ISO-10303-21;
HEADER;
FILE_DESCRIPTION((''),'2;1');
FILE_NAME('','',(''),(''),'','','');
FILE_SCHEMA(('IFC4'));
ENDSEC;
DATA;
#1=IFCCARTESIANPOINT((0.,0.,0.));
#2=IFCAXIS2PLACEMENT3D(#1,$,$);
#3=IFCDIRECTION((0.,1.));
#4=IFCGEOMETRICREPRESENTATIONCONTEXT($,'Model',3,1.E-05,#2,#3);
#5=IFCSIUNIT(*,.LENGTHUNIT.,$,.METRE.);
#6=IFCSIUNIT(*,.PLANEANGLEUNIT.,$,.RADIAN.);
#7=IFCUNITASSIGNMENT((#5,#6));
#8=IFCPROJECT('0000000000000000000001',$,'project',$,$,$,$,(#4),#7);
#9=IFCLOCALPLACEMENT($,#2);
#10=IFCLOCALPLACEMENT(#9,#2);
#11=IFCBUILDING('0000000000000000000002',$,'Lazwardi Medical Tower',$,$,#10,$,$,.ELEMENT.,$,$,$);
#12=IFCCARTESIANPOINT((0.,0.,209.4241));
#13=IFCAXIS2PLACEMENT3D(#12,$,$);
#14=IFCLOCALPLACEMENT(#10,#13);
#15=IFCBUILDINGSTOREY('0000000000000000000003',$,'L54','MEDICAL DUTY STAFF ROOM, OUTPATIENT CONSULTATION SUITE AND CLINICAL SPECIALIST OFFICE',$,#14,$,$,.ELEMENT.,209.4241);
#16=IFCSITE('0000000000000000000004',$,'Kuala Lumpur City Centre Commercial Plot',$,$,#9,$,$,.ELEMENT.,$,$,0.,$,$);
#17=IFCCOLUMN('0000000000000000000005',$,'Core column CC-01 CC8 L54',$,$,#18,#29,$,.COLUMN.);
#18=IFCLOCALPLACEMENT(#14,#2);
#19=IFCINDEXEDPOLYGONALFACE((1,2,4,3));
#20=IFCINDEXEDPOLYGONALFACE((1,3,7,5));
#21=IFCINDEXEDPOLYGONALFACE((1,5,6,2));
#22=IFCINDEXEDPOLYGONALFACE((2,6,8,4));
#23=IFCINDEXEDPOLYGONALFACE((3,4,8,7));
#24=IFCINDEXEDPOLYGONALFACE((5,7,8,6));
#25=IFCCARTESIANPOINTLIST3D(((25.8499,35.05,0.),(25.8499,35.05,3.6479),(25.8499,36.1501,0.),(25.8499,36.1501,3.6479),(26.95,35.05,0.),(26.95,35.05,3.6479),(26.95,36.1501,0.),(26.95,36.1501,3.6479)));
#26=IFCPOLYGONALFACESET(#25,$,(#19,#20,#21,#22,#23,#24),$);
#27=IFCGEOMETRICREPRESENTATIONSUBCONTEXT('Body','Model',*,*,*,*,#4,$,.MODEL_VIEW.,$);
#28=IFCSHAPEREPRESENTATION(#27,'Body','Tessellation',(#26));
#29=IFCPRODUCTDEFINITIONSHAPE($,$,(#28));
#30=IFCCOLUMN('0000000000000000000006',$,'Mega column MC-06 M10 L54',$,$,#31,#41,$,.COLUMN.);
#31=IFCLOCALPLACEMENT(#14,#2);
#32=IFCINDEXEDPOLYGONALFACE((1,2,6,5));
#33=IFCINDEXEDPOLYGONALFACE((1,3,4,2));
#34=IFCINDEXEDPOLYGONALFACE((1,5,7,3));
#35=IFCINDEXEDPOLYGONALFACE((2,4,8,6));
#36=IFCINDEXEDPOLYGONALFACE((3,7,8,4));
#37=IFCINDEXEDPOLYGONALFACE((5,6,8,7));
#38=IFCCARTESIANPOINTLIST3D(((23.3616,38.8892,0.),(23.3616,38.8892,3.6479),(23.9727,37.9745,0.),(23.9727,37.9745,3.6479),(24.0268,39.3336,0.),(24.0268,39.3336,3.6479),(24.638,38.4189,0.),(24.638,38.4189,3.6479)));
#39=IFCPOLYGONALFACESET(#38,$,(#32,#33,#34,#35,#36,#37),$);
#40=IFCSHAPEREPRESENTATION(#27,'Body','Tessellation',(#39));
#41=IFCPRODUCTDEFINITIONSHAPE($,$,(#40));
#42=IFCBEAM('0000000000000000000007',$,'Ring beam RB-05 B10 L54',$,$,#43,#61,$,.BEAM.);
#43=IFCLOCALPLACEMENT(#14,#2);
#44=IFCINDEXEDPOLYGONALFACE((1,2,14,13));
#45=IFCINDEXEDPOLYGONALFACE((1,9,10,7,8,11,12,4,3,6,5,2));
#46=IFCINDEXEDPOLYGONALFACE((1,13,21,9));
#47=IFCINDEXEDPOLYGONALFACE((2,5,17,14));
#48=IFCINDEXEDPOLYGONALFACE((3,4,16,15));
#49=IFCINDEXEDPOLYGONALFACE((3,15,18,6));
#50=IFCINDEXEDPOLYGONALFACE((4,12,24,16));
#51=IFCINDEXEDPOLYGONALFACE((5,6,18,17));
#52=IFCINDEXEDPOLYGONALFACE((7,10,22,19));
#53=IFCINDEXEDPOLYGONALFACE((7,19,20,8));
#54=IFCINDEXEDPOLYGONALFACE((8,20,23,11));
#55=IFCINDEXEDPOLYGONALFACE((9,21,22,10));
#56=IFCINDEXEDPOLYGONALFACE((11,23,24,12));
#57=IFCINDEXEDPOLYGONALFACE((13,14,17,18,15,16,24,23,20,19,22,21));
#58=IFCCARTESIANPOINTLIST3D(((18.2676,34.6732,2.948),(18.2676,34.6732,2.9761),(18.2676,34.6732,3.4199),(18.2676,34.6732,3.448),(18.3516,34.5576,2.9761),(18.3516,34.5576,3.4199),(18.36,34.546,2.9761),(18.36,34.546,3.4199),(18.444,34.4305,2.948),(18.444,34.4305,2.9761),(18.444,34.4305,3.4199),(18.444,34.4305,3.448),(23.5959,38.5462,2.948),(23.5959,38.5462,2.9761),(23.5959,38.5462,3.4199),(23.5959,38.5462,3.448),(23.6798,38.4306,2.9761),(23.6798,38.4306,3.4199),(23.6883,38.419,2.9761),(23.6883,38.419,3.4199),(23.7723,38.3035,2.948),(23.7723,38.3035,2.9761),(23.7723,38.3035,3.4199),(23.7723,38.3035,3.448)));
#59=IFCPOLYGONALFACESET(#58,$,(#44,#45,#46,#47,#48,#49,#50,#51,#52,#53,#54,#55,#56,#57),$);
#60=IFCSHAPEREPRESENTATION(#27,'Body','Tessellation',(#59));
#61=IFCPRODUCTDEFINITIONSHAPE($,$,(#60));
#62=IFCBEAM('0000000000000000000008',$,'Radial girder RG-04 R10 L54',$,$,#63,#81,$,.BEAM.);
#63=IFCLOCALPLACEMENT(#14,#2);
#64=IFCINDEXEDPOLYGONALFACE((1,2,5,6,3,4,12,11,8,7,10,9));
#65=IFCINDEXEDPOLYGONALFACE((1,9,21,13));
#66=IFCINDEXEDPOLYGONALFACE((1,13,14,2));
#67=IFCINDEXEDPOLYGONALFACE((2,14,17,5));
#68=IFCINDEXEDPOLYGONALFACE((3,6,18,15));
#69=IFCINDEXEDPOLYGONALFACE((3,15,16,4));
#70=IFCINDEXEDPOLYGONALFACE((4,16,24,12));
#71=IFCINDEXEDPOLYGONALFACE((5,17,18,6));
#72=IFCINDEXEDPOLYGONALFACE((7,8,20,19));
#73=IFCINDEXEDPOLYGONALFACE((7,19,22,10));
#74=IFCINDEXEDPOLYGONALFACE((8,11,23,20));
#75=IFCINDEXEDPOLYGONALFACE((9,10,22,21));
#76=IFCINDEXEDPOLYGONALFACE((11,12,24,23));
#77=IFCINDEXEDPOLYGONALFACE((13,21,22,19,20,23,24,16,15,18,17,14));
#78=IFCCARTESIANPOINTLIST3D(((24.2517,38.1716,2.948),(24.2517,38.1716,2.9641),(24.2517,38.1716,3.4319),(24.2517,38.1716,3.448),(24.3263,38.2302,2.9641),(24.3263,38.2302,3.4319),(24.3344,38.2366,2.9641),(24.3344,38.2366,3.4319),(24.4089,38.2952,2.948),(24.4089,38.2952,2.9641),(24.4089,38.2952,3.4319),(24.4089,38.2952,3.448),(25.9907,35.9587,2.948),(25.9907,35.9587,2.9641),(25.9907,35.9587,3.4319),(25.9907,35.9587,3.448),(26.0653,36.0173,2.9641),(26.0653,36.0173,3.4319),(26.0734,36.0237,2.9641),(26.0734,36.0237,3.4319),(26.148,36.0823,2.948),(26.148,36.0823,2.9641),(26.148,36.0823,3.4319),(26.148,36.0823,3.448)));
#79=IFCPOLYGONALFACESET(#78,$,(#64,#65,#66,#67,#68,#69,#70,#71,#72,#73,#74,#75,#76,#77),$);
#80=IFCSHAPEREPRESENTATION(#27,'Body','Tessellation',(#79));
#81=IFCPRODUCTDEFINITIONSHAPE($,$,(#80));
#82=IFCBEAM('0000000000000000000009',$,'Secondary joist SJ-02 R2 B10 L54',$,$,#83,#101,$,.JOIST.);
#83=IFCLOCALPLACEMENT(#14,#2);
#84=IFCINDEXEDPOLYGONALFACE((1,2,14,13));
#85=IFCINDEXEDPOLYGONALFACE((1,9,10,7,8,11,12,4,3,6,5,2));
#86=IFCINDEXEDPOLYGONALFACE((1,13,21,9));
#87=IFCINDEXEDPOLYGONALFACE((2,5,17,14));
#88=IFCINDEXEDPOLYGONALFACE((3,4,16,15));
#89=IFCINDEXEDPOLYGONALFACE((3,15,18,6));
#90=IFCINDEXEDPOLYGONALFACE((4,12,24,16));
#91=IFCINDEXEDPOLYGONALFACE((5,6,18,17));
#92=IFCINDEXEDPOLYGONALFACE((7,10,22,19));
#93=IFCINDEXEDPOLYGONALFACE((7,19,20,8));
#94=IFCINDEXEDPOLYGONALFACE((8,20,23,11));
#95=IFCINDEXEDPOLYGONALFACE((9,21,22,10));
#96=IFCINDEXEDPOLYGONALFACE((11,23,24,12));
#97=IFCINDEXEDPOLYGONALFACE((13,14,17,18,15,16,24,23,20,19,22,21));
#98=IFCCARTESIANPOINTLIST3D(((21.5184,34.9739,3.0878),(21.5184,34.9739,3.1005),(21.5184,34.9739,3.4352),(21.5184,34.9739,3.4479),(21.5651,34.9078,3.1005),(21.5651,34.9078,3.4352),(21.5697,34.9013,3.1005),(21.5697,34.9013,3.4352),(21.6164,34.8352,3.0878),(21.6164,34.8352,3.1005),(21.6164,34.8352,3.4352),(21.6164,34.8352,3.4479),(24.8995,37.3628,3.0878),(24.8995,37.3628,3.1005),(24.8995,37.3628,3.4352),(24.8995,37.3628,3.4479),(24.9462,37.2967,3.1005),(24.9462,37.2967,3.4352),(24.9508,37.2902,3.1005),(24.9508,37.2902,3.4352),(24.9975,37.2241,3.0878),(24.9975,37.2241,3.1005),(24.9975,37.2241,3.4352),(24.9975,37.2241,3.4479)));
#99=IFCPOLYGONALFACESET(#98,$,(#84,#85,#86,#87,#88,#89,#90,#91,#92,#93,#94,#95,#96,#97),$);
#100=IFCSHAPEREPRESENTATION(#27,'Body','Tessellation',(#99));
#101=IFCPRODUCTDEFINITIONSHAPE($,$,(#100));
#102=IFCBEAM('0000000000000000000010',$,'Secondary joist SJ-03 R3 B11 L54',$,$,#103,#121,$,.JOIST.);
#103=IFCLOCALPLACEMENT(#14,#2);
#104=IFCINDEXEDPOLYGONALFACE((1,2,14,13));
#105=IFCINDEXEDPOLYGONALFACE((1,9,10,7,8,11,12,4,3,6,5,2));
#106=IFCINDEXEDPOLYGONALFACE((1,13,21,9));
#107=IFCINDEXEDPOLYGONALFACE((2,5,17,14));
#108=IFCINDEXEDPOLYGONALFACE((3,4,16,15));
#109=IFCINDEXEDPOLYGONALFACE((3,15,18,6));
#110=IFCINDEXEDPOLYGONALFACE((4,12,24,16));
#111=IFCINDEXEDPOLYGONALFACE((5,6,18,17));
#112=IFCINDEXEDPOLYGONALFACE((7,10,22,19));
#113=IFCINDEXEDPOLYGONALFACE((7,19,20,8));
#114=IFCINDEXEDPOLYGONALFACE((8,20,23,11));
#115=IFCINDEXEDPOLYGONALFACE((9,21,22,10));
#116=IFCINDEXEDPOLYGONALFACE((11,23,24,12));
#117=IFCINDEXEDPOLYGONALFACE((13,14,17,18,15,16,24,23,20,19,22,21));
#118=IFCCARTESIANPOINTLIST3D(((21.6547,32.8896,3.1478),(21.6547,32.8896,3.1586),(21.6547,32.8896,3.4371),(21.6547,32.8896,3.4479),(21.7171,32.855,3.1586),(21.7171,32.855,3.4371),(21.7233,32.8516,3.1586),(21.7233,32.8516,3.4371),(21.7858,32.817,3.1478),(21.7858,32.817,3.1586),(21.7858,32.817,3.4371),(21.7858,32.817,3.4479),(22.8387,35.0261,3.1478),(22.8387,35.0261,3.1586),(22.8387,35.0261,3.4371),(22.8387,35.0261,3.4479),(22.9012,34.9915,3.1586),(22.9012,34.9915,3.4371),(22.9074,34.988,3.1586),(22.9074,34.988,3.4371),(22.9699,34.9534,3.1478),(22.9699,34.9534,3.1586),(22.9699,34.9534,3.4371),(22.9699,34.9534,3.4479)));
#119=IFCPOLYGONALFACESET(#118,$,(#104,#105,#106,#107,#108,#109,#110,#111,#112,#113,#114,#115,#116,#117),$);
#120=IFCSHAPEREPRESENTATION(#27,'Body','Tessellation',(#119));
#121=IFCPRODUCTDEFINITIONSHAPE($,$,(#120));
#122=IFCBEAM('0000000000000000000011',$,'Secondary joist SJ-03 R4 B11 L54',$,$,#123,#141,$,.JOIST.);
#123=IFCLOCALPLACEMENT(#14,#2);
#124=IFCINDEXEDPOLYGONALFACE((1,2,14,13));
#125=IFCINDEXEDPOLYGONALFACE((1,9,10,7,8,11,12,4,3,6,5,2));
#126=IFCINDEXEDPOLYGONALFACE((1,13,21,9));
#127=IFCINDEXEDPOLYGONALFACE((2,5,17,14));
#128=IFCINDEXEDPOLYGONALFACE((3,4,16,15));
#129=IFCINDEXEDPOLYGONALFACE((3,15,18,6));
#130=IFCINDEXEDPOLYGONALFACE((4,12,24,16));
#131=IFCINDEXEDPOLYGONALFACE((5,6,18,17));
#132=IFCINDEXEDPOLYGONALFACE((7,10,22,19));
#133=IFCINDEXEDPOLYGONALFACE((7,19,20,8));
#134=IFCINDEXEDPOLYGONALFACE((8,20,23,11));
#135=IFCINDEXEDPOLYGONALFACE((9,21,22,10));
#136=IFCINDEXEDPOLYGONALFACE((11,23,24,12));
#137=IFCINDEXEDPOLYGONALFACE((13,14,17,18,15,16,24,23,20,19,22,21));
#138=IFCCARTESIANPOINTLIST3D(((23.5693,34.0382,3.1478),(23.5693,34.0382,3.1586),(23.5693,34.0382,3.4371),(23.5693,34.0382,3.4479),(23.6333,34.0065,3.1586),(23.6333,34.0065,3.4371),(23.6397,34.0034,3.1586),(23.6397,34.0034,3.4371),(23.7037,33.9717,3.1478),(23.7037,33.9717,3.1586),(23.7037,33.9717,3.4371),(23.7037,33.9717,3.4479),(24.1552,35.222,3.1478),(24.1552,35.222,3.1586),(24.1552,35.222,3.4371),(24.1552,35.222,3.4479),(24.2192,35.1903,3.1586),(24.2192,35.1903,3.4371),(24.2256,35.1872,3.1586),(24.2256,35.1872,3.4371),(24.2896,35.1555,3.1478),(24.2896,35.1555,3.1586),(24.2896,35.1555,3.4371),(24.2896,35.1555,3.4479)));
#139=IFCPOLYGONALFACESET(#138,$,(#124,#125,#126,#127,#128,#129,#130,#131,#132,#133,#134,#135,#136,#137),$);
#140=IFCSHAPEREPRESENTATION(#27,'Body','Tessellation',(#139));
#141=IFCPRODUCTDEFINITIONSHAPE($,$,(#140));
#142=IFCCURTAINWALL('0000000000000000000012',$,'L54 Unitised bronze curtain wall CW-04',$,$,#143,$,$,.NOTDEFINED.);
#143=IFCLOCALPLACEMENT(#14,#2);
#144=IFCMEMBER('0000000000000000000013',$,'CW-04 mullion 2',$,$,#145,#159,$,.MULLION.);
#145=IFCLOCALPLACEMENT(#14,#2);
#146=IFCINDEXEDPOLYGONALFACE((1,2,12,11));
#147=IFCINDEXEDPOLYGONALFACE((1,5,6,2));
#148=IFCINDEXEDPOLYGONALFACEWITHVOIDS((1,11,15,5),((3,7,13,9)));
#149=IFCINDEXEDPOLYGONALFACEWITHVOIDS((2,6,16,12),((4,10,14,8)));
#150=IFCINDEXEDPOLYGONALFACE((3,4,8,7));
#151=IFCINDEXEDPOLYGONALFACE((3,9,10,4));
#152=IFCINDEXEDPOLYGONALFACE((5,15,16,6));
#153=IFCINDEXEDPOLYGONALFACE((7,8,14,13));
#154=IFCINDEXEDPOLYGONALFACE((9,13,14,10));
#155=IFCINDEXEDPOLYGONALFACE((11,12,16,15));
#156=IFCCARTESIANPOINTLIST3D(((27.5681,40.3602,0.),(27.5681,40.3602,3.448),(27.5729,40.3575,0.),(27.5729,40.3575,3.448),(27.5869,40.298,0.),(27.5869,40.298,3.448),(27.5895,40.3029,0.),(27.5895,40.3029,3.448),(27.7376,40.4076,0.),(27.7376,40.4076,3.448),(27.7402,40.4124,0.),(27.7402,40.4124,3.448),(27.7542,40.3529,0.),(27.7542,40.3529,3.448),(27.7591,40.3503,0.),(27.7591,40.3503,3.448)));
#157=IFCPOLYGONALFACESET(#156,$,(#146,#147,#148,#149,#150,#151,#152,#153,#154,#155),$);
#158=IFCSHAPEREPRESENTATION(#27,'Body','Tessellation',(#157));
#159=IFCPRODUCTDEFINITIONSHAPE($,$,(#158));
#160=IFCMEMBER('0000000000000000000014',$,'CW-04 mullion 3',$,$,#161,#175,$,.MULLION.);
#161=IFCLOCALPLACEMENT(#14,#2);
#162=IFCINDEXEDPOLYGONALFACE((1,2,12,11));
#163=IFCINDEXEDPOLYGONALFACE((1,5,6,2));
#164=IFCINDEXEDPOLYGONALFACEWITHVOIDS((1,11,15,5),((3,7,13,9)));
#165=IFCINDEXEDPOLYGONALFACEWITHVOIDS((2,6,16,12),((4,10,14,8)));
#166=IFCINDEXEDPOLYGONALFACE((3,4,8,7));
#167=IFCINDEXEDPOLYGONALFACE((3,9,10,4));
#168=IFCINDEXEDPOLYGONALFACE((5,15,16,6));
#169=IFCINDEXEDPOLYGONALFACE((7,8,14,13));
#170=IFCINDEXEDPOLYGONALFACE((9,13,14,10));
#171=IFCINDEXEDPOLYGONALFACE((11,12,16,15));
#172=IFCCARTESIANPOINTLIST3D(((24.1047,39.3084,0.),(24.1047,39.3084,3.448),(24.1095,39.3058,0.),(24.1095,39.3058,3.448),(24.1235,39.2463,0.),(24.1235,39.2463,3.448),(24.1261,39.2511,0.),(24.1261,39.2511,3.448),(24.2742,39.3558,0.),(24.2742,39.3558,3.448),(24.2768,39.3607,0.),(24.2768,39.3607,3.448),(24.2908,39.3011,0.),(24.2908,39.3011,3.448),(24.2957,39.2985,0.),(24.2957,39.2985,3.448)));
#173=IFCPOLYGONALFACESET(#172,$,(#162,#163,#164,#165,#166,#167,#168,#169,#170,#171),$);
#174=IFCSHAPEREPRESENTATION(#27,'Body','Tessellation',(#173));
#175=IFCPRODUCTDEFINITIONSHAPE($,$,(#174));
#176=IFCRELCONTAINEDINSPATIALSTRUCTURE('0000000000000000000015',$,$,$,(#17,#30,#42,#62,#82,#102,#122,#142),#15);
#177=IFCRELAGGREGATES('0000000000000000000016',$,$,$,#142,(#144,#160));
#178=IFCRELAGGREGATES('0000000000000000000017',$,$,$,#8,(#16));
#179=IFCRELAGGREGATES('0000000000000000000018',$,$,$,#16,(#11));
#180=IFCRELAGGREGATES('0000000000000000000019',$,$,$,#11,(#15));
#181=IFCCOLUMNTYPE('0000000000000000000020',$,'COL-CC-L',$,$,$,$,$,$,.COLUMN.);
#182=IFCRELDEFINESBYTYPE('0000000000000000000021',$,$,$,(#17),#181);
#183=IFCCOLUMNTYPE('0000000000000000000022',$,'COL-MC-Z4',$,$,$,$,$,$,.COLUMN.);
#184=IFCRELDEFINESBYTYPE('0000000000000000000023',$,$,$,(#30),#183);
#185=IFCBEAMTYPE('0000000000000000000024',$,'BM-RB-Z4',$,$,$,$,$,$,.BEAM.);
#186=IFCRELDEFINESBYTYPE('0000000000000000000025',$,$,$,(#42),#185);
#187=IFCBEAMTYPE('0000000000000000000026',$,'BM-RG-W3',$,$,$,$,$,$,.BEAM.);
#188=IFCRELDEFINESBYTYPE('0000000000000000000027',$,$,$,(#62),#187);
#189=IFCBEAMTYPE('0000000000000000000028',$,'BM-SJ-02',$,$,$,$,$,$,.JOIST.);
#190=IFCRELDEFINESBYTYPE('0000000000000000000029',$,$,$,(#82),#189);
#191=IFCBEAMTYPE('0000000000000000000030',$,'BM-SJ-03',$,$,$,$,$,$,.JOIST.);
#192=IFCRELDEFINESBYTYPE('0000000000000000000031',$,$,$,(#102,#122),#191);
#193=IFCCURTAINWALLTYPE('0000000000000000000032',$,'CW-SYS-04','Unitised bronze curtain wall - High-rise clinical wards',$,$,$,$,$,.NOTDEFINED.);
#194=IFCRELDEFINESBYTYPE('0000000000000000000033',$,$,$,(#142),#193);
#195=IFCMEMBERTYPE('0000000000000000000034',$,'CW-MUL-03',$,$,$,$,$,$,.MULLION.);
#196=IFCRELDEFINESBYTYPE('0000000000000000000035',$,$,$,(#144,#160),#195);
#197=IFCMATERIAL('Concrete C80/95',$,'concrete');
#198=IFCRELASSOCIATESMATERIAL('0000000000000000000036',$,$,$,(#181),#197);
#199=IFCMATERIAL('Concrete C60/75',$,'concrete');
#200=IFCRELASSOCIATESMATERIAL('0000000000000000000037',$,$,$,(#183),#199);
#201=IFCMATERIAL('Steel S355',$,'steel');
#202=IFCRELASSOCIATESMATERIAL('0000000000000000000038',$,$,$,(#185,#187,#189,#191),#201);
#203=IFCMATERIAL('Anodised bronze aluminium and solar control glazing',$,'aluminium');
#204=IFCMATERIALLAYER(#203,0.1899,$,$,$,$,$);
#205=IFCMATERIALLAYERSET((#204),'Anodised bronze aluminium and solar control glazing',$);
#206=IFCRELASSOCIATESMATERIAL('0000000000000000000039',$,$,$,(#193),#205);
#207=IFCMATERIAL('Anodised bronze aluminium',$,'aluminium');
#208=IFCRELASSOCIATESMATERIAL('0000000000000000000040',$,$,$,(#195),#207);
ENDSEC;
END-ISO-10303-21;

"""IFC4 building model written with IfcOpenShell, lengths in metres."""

from ifc_helpers import new_model, si_unit, direction, frame, origin, origin_2d, place, context, subcontext, project, spatial, rectangle, hollow_rectangle, i_section, extrude, material, layer, layer_set, material_profile, profile_set, type_object, element, aggregate, save


model = new_model("IFC4")

# Units and contexts
model_context = context("Model", 3, precision=1e-05, world=origin(), true_north=direction((0.0, 1.0)))
body_context = subcontext(model_context, "Body", "Model", "MODEL_VIEW")
ifc_project = project(units=[si_unit("LENGTHUNIT", "METRE"), si_unit("PLANEANGLEUNIT", "RADIAN")], contexts=[model_context])

# Site, building, storey
site_placement = place(None, origin())
site = spatial("IfcSite", under=ifc_project, at=site_placement, Name="Kuala Lumpur City Centre Commercial Plot", CompositionType="ELEMENT", RefElevation=0.0)
building_placement = place(site_placement, origin())
building = spatial("IfcBuilding", under=site, at=building_placement, Name="Lazwardi Medical Tower", CompositionType="ELEMENT")
storey_placement = place(building_placement, frame((0.0, 0.0, 209.4241)))
storey = spatial("IfcBuildingStorey", under=building, at=storey_placement, Name="L54", Description="MEDICAL DUTY STAFF ROOM, OUTPATIENT CONSULTATION SUITE AND CLINICAL SPECIALIST OFFICE", CompositionType="ELEMENT", Elevation=209.4241)

# Columns
ifc_material_1 = material(Name="Concrete C80/95", Category="concrete")
ifc_material_profile_1 = material_profile(ifc_material_1, rectangle(XDim=1.1001, YDim=1.1001, at=origin_2d()), Name="RC 1100x1100")
ifc_profile_set_1 = profile_set([ifc_material_profile_1], Name="Concrete C80/95")
column_type_1 = type_object("IfcColumnType", Name="COL-CC-L", PredefinedType="COLUMN", material=ifc_profile_set_1)
column_1_placement = place(storey_placement, frame((26.3999, 35.6001, 0.0), z_axis=(0.0, 0.0, 1.0), x_axis=(1.0, 0.0, 0.0)))
element("IfcColumn", 1, at=column_1_placement, inside=storey, type_object=column_type_1, Name="Core column CC-01 CC8 L54", PredefinedType="COLUMN", context=body_context, shape_type="SweptSolid", body=[
    extrude(rectangle(XDim=1.1001, YDim=1.1001, at=origin_2d()), origin(), (0.0, 0.0, 1.0), 3.6479),
])
ifc_material_2 = material(Name="Concrete C60/75", Category="concrete")
ifc_material_profile_2 = material_profile(ifc_material_2, rectangle(XDim=1.1001, YDim=0.8, at=origin_2d()), Name="CFT-RECT 1100x800")
ifc_profile_set_2 = profile_set([ifc_material_profile_2], Name="Concrete C60/75")
column_type_2 = type_object("IfcColumnType", Name="COL-MC-Z4", PredefinedType="COLUMN", material=ifc_profile_set_2)
column_2_placement = place(storey_placement, frame((23.9998, 38.6541, 0.0), z_axis=(0.0, 0.0, 1.0), x_axis=(-0.55557, 0.83147, 0.0)))
element("IfcColumn", 2, at=column_2_placement, inside=storey, type_object=column_type_2, Name="Mega column MC-06 M10 L54", PredefinedType="COLUMN", context=body_context, shape_type="SweptSolid", body=[
    extrude(rectangle(XDim=1.1001, YDim=0.8, at=origin_2d()), origin(), (0.0, 0.0, 1.0), 3.6479),
])

# Beams
ifc_material_3 = material(Name="Steel S355", Category="steel")
ifc_material_profile_3 = material_profile(ifc_material_3, i_section(OverallWidth=0.3, OverallDepth=0.5, WebThickness=0.0144, FlangeThickness=0.0281, at=origin_2d()), Name="HEB 500")
ifc_profile_set_3 = profile_set([ifc_material_profile_3], Name="Steel S355")
beam_type_1 = type_object("IfcBeamType", Name="BM-RB-Z4", PredefinedType="BEAM", material=ifc_profile_set_3)
beam_1_placement = place(storey_placement, frame((23.6841, 38.4248, 3.198), z_axis=(-0.80889, -0.58796, 0.0), x_axis=(0.58796, -0.80889, 0.0)))
element("IfcBeam", 3, at=beam_1_placement, inside=storey, type_object=beam_type_1, Name="Ring beam RB-05 B10 L54", PredefinedType="BEAM", context=body_context, shape_type="SweptSolid", body=[
    extrude(i_section(OverallWidth=0.3, OverallDepth=0.5, WebThickness=0.0144, FlangeThickness=0.0281, at=origin_2d()), origin(), (0.0, 0.0, 1.0), 6.5872),
])
ifc_material_profile_4 = material_profile(ifc_material_3, i_section(OverallWidth=0.2, OverallDepth=0.5, WebThickness=0.0103, FlangeThickness=0.0161, at=origin_2d()), Name="IPE 500")
ifc_profile_set_4 = profile_set([ifc_material_profile_4], Name="Steel S355")
beam_type_2 = type_object("IfcBeamType", Name="BM-RG-W3", PredefinedType="BEAM", material=ifc_profile_set_4)
beam_2_placement = place(storey_placement, frame((24.3303, 38.2334, 3.198), z_axis=(0.617891, -0.786264, 0.0), x_axis=(0.786264, 0.617891, 0.0)))
element("IfcBeam", 4, at=beam_2_placement, inside=storey, type_object=beam_type_2, Name="Radial girder RG-04 R10 L54", PredefinedType="BEAM", context=body_context, shape_type="SweptSolid", body=[
    extrude(i_section(OverallWidth=0.2, OverallDepth=0.5, WebThickness=0.0103, FlangeThickness=0.0161, at=origin_2d()), origin(), (0.0, 0.0, 1.0), 2.8145),
])
ifc_material_profile_5 = material_profile(ifc_material_3, i_section(OverallWidth=0.1699, OverallDepth=0.3601, WebThickness=0.0081, FlangeThickness=0.0127, at=origin_2d()), Name="IPE 360")
ifc_profile_set_5 = profile_set([ifc_material_profile_5], Name="Steel S355")
beam_type_3 = type_object("IfcBeamType", Name="BM-SJ-02", PredefinedType="JOIST", material=ifc_profile_set_5)
beam_3_placement = place(storey_placement, frame((24.9485, 37.2935, 3.2678), z_axis=(-0.816711, -0.577047, 0.0), x_axis=(0.577047, -0.816711, 0.0)))
element("IfcBeam", 5, at=beam_3_placement, inside=storey, type_object=beam_type_3, Name="Secondary joist SJ-02 R2 B10 L54", PredefinedType="JOIST", context=body_context, shape_type="SweptSolid", body=[
    extrude(i_section(OverallWidth=0.1699, OverallDepth=0.3601, WebThickness=0.0081, FlangeThickness=0.0127, at=origin_2d()), origin(), (0.0, 0.0, 1.0), 4.1399),
])
ifc_material_profile_6 = material_profile(ifc_material_3, i_section(OverallWidth=0.1499, OverallDepth=0.3, WebThickness=0.0071, FlangeThickness=0.0107, at=origin_2d()), Name="IPE 300")
ifc_profile_set_6 = profile_set([ifc_material_profile_6], Name="Steel S355")
beam_type_4 = type_object("IfcBeamType", Name="BM-SJ-03", PredefinedType="JOIST", material=ifc_profile_set_6)
beam_4_placement = place(storey_placement, frame((22.9043, 34.9897, 3.2979), z_axis=(-0.484752, -0.874652, 0.0), x_axis=(0.874652, -0.484752, 0.0)))
element("IfcBeam", 6, at=beam_4_placement, inside=storey, type_object=beam_type_4, Name="Secondary joist SJ-03 R3 B11 L54", PredefinedType="JOIST", context=body_context, shape_type="SweptSolid", body=[
    extrude(i_section(OverallWidth=0.1499, OverallDepth=0.3, WebThickness=0.0071, FlangeThickness=0.0107, at=origin_2d()), origin(), (0.0, 0.0, 1.0), 2.4426),
])
beam_5_placement = place(storey_placement, frame((24.2224, 35.1887, 3.2979), z_axis=(-0.443587, -0.896231, 0.0), x_axis=(0.896231, -0.443587, 0.0)))
element("IfcBeam", 7, at=beam_5_placement, inside=storey, type_object=beam_type_4, Name="Secondary joist SJ-03 R4 B11 L54", PredefinedType="JOIST", context=body_context, shape_type="SweptSolid", body=[
    extrude(i_section(OverallWidth=0.1499, OverallDepth=0.3, WebThickness=0.0071, FlangeThickness=0.0107, at=origin_2d()), origin(), (0.0, 0.0, 1.0), 1.3208),
])

# Curtain wall, members
ifc_material_4 = material(Name="Anodised bronze aluminium and solar control glazing", Category="aluminium")
ifc_layer_1 = layer(ifc_material_4, 0.1899)
ifc_layer_set_1 = layer_set([ifc_layer_1], Name="Anodised bronze aluminium and solar control glazing")
curtain_wall_type = type_object("IfcCurtainWallType", Name="CW-SYS-04", Description="Unitised bronze curtain wall - High-rise clinical wards", PredefinedType="NOTDEFINED", material=ifc_layer_set_1)
curtain_wall_1_placement = place(storey_placement, origin())
curtain_wall_1 = element("IfcCurtainWall", 8, at=curtain_wall_1_placement, inside=storey, type_object=curtain_wall_type, Name="L54 Unitised bronze curtain wall CW-04", PredefinedType="NOTDEFINED")
ifc_material_5 = material(Name="Anodised bronze aluminium", Category="aluminium")
ifc_material_profile_7 = material_profile(ifc_material_5, hollow_rectangle(XDim=0.0649, YDim=0.1799, WallThickness=0.0039, at=origin_2d()), Name="ALU-MULLION 180x65x4")
ifc_profile_set_7 = profile_set([ifc_material_profile_7], Name="Anodised bronze aluminium")
member_type_1 = type_object("IfcMemberType", Name="CW-MUL-03", PredefinedType="MULLION", material=ifc_profile_set_7)
member_1_placement = place(storey_placement, frame((27.6636, 40.3552, 0.0), z_axis=(0.0, 0.0, 1.0), x_axis=(0.290582, -0.95685, 0.0)))
member_1 = element("IfcMember", 9, at=member_1_placement, type_object=member_type_1, Name="CW-04 mullion 2", PredefinedType="MULLION", context=body_context, shape_type="SweptSolid", body=[
    extrude(hollow_rectangle(XDim=0.0649, YDim=0.1799, WallThickness=0.0039, at=origin_2d()), origin(), (0.0, 0.0, 1.0), 3.448),
])
member_2_placement = place(storey_placement, frame((24.2002, 39.3035, 0.0), z_axis=(0.0, 0.0, 1.0), x_axis=(0.290582, -0.95685, 0.0)))
member_2 = element("IfcMember", 10, at=member_2_placement, type_object=member_type_1, Name="CW-04 mullion 3", PredefinedType="MULLION", context=body_context, shape_type="SweptSolid", body=[
    extrude(hollow_rectangle(XDim=0.0649, YDim=0.1799, WallThickness=0.0039, at=origin_2d()), origin(), (0.0, 0.0, 1.0), 3.448),
])

aggregate(curtain_wall_1, [member_1, member_2])

save(model, "model.ifc")
